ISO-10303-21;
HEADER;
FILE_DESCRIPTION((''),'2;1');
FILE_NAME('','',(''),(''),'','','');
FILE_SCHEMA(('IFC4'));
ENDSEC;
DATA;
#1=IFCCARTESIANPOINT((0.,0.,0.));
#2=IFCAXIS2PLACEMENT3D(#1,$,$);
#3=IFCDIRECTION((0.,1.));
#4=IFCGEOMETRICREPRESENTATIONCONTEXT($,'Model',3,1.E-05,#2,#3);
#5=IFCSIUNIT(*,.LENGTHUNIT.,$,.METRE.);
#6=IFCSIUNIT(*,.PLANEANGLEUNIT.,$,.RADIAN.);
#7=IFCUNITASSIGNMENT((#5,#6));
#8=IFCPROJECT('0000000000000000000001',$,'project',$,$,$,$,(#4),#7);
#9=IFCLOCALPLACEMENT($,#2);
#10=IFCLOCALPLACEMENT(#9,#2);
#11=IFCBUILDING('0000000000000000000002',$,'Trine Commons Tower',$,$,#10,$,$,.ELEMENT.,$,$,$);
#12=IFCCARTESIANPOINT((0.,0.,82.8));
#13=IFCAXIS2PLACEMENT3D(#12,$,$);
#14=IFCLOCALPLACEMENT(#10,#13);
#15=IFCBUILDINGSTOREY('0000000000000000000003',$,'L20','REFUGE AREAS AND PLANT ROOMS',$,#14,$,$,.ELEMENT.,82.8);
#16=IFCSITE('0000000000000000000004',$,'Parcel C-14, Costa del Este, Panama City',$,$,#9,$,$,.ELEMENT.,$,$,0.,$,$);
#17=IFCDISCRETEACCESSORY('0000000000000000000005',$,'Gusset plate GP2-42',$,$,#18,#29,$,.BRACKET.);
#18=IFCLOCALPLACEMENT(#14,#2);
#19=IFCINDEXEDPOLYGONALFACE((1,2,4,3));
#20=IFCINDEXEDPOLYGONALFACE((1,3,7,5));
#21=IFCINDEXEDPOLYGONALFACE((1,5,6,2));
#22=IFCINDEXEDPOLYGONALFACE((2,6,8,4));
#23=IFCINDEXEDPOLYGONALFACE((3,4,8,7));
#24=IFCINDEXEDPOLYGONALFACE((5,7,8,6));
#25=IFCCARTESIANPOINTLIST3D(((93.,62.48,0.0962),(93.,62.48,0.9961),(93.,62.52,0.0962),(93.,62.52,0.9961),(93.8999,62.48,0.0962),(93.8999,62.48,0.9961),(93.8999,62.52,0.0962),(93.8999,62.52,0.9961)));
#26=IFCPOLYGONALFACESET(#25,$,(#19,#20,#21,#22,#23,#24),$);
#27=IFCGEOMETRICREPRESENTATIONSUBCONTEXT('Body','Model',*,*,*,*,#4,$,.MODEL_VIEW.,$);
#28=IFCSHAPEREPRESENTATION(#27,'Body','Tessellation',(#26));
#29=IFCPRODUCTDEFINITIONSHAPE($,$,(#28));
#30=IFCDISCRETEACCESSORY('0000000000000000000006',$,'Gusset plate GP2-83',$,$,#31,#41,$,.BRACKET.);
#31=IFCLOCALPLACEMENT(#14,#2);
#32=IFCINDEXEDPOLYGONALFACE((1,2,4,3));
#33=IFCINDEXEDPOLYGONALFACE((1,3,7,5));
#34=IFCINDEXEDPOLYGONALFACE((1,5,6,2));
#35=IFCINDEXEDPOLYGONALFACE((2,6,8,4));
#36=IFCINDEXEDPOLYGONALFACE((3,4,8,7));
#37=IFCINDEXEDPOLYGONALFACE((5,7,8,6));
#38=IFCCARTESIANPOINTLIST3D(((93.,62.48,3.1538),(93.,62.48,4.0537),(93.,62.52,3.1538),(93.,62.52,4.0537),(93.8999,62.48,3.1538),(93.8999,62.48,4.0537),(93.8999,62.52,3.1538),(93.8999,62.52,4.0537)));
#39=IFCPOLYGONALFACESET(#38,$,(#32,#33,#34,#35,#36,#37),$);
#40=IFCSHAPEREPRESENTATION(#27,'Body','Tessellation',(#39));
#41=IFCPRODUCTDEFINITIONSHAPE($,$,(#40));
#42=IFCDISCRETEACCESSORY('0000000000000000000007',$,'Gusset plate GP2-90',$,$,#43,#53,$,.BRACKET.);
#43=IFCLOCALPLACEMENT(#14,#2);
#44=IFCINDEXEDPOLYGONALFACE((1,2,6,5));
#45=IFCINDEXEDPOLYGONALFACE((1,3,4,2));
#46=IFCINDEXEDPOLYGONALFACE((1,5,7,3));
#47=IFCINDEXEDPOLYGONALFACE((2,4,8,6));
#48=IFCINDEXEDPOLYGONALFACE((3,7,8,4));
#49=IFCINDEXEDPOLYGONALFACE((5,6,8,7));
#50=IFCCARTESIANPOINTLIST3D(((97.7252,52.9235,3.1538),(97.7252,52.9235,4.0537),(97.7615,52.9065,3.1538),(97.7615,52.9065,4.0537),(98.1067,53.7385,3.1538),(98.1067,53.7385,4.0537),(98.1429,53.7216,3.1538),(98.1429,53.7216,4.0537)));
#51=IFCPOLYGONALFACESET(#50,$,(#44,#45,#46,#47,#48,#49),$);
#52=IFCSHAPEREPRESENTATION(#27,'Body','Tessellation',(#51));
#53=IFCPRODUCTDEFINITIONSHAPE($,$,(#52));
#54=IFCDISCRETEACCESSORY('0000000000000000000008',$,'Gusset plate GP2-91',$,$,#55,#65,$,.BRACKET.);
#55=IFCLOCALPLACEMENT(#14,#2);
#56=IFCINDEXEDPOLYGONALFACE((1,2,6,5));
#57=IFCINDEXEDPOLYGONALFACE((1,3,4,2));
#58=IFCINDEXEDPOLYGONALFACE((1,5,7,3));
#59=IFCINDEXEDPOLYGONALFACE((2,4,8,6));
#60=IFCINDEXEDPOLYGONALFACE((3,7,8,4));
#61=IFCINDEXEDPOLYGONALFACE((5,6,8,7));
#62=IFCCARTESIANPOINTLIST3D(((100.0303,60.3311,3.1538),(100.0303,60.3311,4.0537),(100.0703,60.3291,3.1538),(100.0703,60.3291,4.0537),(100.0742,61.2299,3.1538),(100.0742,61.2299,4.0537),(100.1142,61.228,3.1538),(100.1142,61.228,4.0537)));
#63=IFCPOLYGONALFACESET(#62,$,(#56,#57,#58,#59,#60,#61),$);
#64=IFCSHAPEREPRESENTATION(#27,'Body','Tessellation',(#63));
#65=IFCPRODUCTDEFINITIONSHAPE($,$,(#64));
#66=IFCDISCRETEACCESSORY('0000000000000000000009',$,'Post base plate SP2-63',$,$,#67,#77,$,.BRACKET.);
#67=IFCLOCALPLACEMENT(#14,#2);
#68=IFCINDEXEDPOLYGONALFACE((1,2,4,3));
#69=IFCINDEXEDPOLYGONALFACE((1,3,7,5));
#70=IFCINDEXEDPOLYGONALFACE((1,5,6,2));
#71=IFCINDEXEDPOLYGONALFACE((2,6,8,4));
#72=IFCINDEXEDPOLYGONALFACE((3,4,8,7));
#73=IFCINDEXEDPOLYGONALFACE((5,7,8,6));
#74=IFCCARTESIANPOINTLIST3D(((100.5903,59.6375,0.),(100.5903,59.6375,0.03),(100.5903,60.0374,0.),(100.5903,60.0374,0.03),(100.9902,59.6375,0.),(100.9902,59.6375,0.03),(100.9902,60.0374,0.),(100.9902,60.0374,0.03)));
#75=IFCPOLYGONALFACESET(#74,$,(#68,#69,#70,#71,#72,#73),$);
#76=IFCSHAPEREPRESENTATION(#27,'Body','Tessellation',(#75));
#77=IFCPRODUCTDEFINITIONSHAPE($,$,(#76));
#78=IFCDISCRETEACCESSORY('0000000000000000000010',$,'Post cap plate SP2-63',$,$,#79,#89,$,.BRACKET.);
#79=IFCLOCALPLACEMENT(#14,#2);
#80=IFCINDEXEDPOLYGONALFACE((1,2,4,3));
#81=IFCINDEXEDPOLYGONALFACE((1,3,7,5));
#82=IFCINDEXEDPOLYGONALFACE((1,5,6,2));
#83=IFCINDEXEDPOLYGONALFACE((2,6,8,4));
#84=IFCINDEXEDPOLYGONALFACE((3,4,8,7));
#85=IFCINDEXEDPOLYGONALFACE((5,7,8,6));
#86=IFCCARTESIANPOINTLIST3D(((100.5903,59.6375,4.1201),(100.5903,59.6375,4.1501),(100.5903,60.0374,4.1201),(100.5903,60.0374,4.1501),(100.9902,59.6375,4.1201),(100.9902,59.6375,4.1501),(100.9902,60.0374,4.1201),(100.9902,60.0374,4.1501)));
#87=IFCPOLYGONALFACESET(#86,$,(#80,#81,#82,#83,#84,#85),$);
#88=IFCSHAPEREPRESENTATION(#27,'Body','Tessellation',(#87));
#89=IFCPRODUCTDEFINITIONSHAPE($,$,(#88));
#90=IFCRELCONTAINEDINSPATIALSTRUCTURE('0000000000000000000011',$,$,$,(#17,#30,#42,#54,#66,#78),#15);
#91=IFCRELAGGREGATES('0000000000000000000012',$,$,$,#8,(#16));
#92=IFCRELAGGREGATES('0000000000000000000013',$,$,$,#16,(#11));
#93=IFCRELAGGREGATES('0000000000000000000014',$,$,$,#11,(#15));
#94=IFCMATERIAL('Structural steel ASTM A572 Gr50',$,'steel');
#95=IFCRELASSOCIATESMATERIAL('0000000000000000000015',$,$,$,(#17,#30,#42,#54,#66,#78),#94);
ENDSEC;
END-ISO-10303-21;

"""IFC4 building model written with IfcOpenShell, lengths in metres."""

from ifc_helpers import new_model, si_unit, direction, frame, origin, origin_2d, place, context, subcontext, project, spatial, rectangle, extrude, material, element, save


model = new_model("IFC4")

# Units and contexts
model_context = context("Model", 3, precision=1e-05, world=origin(), true_north=direction((0.0, 1.0)))
body_context = subcontext(model_context, "Body", "Model", "MODEL_VIEW")
ifc_project = project(units=[si_unit("LENGTHUNIT", "METRE"), si_unit("PLANEANGLEUNIT", "RADIAN")], contexts=[model_context])

# Site, building, storey
site_placement = place(None, origin())
site = spatial("IfcSite", under=ifc_project, at=site_placement, Name="Parcel C-14, Costa del Este, Panama City", CompositionType="ELEMENT", RefElevation=0.0)
building_placement = place(site_placement, origin())
building = spatial("IfcBuilding", under=site, at=building_placement, Name="Trine Commons Tower", CompositionType="ELEMENT")
storey_placement = place(building_placement, frame((0.0, 0.0, 82.8)))
storey = spatial("IfcBuildingStorey", under=building, at=storey_placement, Name="L20", Description="REFUGE AREAS AND PLANT ROOMS", CompositionType="ELEMENT", Elevation=82.8)

# Discrete accessories
ifc_material_1 = material(Name="Structural steel ASTM A572 Gr50", Category="steel")
for number, where, z_axis, x_axis, name in (
    (1, (93.45, 62.5, 0.0962), (0.0, 0.0, 1.0), (1.0, 0.0, 0.0), "Gusset plate GP2-42"),
    (2, (93.45, 62.5, 3.1538), (0.0, 0.0, 1.0), (1.0, 0.0, 0.0), "Gusset plate GP2-83"),
    (3, (97.9341, 53.3225, 3.1538), (0.0, 0.0, 1.0), (0.423836, 0.905739, 0.0), "Gusset plate GP2-90"),
    (4, (100.0723, 60.7795, 3.1538), (0.0, 0.0, 1.0), (0.048832, 0.998807, 0.0), "Gusset plate GP2-91"),
):
    element("IfcDiscreteAccessory", number, at=place(storey_placement, frame(where, z_axis=z_axis, x_axis=x_axis)), inside=storey, material=ifc_material_1, Name=name, PredefinedType="BRACKET", context=body_context, shape_type="SweptSolid", body=[
        extrude(rectangle(XDim=0.8999, YDim=0.04, at=origin_2d()), origin(), (0.0, 0.0, 1.0), 0.8999),
    ])
for number, where, z_axis, x_axis, name in (
    (5, (100.7903, 59.8374, 0.0), (0.0, 0.0, 1.0), (1.0, 0.0, 0.0), "Post base plate SP2-63"),
    (6, (100.7903, 59.8374, 4.1201), (0.0, 0.0, 1.0), (1.0, 0.0, 0.0), "Post cap plate SP2-63"),
):
    element("IfcDiscreteAccessory", number, at=place(storey_placement, frame(where, z_axis=z_axis, x_axis=x_axis)), inside=storey, material=ifc_material_1, Name=name, PredefinedType="BRACKET", context=body_context, shape_type="SweptSolid", body=[
        extrude(rectangle(XDim=0.3999, YDim=0.3999, at=origin_2d()), origin(), (0.0, 0.0, 1.0), 0.03),
    ])

save(model, "model.ifc")
